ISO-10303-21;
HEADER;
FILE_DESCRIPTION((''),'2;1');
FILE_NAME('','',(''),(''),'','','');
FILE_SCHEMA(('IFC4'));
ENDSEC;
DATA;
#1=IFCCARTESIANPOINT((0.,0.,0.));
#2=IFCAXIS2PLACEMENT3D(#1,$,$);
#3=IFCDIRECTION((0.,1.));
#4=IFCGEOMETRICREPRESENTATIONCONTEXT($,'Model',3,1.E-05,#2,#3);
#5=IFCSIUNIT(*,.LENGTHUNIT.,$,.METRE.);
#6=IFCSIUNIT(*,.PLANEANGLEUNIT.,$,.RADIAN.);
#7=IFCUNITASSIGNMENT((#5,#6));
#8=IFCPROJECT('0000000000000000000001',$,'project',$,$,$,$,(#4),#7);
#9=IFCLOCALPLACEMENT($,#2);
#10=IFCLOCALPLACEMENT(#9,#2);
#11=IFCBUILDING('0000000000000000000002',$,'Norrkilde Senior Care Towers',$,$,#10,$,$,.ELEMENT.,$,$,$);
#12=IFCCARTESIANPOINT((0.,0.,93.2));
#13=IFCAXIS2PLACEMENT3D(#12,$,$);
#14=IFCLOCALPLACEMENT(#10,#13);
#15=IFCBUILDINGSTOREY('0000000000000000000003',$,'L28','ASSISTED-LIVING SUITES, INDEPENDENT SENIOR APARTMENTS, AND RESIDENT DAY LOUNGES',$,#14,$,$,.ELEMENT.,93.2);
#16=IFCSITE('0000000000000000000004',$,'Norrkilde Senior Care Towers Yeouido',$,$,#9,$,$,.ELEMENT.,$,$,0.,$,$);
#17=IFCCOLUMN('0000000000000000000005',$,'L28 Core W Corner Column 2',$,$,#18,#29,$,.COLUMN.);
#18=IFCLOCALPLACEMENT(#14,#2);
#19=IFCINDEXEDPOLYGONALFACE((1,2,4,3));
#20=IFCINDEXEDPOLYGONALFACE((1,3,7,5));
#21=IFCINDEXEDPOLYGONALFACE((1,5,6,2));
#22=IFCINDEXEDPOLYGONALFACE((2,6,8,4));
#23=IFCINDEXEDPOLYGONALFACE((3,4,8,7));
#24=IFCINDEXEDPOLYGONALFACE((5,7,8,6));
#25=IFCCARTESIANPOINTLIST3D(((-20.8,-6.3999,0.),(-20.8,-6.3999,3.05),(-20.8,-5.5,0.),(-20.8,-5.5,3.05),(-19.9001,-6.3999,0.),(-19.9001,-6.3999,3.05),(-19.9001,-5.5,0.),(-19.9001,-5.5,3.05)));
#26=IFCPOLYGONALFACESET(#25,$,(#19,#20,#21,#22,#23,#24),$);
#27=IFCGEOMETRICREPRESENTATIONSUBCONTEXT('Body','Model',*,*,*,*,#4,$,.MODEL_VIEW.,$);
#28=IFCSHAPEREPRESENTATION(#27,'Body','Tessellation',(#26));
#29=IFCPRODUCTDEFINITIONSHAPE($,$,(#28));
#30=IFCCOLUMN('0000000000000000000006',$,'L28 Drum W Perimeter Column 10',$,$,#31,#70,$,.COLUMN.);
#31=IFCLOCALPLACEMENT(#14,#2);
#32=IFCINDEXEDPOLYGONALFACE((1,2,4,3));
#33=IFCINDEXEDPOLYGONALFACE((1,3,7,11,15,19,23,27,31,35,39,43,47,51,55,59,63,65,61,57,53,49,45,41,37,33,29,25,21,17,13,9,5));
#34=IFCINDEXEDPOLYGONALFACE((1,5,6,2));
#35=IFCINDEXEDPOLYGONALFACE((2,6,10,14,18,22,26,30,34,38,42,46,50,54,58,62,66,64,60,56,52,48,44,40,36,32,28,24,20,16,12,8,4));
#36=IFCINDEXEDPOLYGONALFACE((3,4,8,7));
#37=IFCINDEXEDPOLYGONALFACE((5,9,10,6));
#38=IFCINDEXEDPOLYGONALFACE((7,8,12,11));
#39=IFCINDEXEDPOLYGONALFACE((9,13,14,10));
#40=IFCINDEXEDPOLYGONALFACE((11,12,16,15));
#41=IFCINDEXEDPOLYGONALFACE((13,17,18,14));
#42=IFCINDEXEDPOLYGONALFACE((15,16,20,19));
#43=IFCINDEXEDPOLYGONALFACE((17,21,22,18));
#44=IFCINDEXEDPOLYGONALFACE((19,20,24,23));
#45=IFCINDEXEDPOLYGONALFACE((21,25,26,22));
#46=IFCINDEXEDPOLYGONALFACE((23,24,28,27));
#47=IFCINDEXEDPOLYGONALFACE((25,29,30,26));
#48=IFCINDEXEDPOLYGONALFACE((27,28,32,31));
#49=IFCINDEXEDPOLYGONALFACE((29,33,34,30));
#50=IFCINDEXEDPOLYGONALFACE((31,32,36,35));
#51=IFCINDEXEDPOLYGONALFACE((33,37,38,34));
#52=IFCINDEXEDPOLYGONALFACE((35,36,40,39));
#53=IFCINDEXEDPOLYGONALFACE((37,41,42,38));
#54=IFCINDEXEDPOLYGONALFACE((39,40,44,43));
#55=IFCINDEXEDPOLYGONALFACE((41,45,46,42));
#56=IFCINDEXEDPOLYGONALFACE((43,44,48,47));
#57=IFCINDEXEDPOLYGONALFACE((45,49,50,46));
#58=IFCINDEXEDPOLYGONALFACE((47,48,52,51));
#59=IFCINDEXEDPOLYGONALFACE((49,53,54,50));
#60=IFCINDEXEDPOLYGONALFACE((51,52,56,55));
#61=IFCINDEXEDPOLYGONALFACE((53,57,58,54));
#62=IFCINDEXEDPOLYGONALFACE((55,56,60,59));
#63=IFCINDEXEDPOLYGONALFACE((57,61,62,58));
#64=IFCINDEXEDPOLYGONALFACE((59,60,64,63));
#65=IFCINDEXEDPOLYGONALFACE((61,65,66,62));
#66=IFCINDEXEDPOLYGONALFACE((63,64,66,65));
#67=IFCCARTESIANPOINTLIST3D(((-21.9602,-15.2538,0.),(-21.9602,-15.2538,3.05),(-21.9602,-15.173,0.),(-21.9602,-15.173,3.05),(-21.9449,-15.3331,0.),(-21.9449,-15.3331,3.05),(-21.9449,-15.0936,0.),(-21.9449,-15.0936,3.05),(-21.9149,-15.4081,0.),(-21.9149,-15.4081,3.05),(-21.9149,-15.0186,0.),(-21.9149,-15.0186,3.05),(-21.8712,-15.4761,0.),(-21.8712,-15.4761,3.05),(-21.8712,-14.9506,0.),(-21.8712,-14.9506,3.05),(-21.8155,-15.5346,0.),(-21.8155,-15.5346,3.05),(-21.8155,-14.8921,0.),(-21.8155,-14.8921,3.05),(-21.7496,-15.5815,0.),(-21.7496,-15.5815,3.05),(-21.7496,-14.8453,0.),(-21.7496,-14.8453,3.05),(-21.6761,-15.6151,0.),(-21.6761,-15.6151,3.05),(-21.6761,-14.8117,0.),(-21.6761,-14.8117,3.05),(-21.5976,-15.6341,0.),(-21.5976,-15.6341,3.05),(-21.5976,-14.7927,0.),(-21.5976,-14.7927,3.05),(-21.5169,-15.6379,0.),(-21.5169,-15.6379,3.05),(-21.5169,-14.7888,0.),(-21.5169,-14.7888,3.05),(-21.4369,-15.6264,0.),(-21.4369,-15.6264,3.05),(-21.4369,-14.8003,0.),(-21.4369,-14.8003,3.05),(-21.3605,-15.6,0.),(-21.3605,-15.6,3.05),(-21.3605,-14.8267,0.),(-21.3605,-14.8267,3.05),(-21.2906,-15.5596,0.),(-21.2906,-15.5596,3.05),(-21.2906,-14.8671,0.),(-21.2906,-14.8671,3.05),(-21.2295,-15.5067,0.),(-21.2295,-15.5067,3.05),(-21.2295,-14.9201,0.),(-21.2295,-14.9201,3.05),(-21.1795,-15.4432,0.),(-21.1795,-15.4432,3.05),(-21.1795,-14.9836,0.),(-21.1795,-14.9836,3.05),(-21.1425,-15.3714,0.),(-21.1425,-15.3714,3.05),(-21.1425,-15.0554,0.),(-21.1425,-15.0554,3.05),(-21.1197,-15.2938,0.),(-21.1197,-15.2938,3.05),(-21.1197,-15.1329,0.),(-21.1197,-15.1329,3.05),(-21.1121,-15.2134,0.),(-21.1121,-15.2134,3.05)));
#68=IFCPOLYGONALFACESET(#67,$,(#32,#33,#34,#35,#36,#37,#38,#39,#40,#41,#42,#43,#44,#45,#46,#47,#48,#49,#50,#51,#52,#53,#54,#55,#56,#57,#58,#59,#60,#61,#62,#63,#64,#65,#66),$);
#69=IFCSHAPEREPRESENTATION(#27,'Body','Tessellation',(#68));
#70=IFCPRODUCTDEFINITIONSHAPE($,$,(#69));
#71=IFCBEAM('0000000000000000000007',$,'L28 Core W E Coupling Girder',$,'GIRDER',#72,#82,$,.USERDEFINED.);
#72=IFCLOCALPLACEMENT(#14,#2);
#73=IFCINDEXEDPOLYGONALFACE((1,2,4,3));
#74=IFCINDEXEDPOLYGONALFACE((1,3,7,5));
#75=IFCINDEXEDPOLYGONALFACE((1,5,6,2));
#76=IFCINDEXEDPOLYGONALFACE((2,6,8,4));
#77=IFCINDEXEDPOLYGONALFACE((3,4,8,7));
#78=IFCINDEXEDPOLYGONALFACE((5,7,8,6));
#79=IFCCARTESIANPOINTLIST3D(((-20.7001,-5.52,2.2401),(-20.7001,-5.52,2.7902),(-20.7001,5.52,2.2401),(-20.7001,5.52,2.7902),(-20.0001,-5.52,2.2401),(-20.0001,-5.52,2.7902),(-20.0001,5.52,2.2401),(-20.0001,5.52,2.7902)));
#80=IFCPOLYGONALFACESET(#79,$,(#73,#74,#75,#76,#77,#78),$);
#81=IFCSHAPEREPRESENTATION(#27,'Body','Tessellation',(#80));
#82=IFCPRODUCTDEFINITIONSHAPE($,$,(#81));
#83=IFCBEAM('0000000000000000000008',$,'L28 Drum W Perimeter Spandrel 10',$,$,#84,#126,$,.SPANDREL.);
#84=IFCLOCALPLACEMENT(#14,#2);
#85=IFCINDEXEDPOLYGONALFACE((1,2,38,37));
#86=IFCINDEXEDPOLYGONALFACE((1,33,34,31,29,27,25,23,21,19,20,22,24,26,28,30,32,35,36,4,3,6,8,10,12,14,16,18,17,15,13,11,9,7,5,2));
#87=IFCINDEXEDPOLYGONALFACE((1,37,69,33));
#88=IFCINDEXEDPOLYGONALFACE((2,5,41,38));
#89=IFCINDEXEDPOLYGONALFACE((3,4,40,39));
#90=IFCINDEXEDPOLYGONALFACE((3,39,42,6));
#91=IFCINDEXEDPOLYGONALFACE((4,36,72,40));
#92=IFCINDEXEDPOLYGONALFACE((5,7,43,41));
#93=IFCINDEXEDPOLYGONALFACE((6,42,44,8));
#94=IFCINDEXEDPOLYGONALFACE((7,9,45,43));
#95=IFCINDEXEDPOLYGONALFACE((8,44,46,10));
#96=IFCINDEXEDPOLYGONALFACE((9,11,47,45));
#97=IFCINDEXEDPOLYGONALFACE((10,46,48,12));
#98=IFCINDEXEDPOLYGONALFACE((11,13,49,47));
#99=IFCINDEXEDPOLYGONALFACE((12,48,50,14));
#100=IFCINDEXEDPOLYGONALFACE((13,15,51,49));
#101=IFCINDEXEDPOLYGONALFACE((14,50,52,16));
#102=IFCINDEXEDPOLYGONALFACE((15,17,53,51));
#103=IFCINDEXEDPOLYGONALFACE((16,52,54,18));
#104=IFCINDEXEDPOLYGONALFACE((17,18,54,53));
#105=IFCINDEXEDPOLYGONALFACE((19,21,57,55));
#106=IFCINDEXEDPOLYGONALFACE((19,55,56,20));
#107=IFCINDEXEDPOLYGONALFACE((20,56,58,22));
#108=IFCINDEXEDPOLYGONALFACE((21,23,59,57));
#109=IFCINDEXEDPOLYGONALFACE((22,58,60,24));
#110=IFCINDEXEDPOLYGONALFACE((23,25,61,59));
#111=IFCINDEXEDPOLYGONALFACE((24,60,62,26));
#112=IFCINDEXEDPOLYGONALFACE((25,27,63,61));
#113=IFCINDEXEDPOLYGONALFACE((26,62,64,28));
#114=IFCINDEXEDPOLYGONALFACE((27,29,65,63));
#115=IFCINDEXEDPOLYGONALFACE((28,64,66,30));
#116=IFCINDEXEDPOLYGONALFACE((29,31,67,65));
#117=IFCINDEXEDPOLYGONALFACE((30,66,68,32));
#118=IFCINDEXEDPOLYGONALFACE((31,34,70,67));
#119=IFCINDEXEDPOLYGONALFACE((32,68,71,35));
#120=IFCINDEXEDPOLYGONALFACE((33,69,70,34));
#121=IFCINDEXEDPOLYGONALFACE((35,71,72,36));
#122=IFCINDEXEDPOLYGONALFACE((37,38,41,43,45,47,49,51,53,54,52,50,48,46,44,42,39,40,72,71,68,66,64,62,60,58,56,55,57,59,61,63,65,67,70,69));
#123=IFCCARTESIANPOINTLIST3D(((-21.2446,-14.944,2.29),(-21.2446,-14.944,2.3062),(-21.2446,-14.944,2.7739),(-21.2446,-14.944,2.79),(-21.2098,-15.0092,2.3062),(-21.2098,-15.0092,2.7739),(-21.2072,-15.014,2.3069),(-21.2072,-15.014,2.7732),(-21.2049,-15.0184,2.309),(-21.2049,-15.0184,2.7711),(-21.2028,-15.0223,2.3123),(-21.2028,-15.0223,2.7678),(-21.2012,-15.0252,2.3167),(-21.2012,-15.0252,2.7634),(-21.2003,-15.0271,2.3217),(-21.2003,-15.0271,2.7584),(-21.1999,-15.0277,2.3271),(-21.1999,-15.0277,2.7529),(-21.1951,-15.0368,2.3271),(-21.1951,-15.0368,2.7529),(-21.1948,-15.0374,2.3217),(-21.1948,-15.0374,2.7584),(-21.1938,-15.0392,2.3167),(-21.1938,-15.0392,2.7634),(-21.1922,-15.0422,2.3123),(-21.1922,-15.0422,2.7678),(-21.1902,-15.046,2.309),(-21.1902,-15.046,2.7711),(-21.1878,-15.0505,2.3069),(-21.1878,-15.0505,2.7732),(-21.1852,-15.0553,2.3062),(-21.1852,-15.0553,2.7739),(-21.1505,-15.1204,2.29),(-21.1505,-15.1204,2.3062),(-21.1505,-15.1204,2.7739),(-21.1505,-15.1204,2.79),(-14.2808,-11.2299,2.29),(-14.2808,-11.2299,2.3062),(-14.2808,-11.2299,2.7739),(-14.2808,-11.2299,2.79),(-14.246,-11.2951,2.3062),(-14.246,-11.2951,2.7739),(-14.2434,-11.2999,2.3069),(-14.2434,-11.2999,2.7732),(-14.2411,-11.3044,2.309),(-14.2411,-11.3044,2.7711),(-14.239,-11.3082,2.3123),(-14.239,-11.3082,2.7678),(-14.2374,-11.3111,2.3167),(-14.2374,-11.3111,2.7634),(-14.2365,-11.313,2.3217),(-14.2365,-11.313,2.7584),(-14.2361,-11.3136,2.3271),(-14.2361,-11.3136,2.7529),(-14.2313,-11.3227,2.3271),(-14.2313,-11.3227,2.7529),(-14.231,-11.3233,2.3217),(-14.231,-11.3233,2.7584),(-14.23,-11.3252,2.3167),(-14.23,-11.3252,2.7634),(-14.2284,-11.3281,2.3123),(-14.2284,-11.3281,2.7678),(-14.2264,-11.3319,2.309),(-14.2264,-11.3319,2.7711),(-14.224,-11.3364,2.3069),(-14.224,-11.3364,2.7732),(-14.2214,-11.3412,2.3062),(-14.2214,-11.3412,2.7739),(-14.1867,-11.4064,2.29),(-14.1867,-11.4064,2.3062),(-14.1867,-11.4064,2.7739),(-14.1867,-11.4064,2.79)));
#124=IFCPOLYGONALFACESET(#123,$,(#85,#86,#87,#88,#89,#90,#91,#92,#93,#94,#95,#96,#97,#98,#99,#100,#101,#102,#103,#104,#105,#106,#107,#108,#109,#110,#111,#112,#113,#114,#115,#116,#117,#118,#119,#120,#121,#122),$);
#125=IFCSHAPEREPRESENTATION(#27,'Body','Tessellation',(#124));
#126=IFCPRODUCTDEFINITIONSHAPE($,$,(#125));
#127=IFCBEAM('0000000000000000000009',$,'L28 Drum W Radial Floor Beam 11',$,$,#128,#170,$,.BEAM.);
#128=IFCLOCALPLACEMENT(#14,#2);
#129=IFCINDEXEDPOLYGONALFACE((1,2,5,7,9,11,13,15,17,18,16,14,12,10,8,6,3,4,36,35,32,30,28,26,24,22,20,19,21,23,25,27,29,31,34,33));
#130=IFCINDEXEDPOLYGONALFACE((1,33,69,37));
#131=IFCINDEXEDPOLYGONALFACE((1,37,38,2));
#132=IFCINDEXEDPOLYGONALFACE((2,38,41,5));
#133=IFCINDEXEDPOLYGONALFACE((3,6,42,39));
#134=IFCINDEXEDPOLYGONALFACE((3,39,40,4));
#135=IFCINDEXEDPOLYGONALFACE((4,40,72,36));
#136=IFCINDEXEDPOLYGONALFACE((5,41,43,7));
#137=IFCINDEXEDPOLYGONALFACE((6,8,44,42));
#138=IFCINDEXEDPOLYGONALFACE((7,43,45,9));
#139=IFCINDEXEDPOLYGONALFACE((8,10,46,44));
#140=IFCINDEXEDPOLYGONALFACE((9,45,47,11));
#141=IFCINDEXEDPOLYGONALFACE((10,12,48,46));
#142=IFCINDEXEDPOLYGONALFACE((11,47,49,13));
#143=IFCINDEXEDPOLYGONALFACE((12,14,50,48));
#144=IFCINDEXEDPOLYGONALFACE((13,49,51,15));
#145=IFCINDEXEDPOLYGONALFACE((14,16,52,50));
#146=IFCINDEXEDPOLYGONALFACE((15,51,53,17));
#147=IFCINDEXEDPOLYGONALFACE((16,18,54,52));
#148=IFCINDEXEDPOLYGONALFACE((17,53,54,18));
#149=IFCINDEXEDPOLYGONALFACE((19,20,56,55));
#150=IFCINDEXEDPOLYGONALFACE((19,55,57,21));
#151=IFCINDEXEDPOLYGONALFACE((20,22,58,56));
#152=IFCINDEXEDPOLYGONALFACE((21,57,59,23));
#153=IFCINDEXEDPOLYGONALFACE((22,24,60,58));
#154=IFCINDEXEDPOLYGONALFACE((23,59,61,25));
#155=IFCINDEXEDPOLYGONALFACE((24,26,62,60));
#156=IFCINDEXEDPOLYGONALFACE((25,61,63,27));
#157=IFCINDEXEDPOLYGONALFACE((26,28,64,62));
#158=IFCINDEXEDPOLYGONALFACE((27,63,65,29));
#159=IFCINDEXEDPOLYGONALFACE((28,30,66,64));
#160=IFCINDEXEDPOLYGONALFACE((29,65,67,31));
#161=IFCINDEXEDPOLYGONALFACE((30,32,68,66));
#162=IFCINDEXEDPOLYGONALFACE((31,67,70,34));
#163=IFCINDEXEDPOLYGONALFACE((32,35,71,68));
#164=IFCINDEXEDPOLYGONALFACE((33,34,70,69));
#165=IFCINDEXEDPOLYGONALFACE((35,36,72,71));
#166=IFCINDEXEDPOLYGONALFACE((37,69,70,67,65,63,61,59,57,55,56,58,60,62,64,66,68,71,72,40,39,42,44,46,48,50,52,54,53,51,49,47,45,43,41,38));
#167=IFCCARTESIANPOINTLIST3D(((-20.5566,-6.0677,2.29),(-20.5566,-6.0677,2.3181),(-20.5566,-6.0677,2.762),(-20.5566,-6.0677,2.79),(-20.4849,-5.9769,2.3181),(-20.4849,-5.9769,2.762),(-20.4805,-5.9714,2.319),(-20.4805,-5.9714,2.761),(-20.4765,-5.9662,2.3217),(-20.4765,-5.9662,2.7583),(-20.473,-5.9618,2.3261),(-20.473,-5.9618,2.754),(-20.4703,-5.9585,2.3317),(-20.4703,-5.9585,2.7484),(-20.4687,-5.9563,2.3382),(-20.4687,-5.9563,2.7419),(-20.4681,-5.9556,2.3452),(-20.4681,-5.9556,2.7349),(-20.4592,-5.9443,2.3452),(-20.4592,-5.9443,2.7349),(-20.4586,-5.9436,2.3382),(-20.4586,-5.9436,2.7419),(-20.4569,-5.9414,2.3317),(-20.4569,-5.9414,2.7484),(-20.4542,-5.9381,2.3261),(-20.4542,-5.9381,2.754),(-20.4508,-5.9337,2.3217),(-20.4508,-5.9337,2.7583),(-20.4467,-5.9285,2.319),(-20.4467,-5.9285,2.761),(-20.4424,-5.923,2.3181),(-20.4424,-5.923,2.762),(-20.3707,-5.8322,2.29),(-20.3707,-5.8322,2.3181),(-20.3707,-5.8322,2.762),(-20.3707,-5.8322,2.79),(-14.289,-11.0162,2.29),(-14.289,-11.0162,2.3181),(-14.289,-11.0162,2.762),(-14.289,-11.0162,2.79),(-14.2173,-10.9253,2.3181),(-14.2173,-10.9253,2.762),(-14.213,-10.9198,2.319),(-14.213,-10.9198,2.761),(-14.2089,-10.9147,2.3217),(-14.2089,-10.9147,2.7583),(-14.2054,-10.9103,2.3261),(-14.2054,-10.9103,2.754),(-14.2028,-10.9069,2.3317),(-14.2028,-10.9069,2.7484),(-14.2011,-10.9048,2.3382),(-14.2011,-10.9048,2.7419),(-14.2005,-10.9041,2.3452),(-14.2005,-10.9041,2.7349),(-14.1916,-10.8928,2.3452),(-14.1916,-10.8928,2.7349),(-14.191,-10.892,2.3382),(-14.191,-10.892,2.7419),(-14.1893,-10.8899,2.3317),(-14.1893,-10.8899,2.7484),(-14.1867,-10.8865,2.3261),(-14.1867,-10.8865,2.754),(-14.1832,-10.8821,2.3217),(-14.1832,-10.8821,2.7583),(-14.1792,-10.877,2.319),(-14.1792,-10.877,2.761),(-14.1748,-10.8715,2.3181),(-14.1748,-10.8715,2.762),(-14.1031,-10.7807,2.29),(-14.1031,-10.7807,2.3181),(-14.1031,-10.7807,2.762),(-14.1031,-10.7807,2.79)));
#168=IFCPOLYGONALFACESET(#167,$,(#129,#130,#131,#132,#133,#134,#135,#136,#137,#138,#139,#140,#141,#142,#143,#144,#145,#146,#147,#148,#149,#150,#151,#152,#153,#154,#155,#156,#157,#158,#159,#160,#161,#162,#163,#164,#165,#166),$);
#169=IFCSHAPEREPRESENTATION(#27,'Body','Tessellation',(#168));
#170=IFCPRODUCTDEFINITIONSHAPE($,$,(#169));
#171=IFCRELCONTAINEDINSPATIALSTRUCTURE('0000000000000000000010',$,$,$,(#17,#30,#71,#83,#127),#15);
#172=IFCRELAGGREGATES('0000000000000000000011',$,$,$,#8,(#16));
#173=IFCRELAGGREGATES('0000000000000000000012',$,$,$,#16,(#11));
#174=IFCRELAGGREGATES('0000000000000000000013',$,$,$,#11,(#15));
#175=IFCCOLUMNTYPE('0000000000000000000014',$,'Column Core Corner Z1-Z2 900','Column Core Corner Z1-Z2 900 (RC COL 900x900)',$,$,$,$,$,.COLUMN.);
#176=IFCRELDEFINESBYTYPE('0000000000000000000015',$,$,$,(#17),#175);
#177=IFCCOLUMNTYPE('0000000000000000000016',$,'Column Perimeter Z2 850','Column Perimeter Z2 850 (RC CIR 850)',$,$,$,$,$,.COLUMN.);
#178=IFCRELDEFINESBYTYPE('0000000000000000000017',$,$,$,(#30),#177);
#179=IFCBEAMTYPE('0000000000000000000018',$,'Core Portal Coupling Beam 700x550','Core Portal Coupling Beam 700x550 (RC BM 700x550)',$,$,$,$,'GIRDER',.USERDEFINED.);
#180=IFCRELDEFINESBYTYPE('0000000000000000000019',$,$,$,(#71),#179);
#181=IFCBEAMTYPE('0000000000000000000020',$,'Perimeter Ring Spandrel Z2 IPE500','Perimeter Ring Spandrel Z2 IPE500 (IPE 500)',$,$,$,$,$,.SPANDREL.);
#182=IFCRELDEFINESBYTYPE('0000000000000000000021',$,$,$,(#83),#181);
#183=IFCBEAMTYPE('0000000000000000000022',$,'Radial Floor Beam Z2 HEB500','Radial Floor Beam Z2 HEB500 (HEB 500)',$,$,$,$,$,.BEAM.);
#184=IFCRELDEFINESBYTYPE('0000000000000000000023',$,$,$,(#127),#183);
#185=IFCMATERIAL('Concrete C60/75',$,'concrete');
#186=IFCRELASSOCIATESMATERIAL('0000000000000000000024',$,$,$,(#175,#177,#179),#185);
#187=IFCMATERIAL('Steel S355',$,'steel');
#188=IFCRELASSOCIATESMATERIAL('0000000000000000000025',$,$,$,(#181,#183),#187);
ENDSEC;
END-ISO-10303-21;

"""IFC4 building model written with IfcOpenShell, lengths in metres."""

from ifc_helpers import new_model, si_unit, direction, frame, origin, origin_2d, place, context, subcontext, project, spatial, rectangle, circle, i_section, extrude, source, transform, mapped, material, material_profile, profile_set, type_object, type_shapes, element, save


model = new_model("IFC4")

# Units and contexts
model_context = context("Model", 3, precision=1e-05, world=origin(), true_north=direction((0.0, 1.0)))
body_context = subcontext(model_context, "Body", "Model", "MODEL_VIEW")
ifc_project = project(units=[si_unit("LENGTHUNIT", "METRE"), si_unit("PLANEANGLEUNIT", "RADIAN")], contexts=[model_context])

# Site, building, storey
site_placement = place(None, origin())
site = spatial("IfcSite", under=ifc_project, at=site_placement, Name="Norrkilde Senior Care Towers Yeouido", CompositionType="ELEMENT", RefElevation=0.0)
building_placement = place(site_placement, origin())
building = spatial("IfcBuilding", under=site, at=building_placement, Name="Norrkilde Senior Care Towers", CompositionType="ELEMENT")
storey_placement = place(building_placement, frame((0.0, 0.0, 93.2)))
storey = spatial("IfcBuildingStorey", under=building, at=storey_placement, Name="L28", Description="ASSISTED-LIVING SUITES, INDEPENDENT SENIOR APARTMENTS, AND RESIDENT DAY LOUNGES", CompositionType="ELEMENT", Elevation=93.2)

# Columns
ifc_material_1 = material(Name="Concrete C60/75", Category="concrete")
ifc_material_profile_1 = material_profile(ifc_material_1, rectangle(XDim=0.8999, YDim=0.8999, at=origin_2d()), Name="RC COL 900x900")
ifc_profile_set_1 = profile_set([ifc_material_profile_1], Name="Concrete C60/75")
column_type_1 = type_object("IfcColumnType", Name="Column Core Corner Z1-Z2 900", Description="Column Core Corner Z1-Z2 900 (RC COL 900x900)", PredefinedType="COLUMN", material=ifc_profile_set_1)
shared_shape_1 = source(origin(), body_context, "Body", "SweptSolid", [
    extrude(rectangle(XDim=0.8999, YDim=0.8999, at=origin_2d()), origin(), (0.0, 0.0, 1.0), 3.05),
])
type_shapes(column_type_1, [shared_shape_1])
column_1_placement = place(storey_placement, frame((-20.3501, -5.95, 0.0), z_axis=(0.0, 0.0, 1.0), x_axis=(1.0, 0.0, 0.0)))
element("IfcColumn", 1, at=column_1_placement, inside=storey, type_object=column_type_1, Name="L28 Core W Corner Column 2", PredefinedType="COLUMN", context=body_context, shape_type="MappedRepresentation", body=[
    mapped(shared_shape_1, transform((0.0, 0.0, 0.0), x_axis=(1.0, 0.0, 0.0), y_axis=(0.0, 1.0, 0.0), z_axis=(0.0, 0.0, 1.0), scale=1.0)),
])
ifc_material_profile_2 = material_profile(ifc_material_1, circle(Radius=0.425, at=origin_2d()), Name="RC CIR 850")
ifc_profile_set_2 = profile_set([ifc_material_profile_2], Name="Concrete C60/75")
column_type_2 = type_object("IfcColumnType", Name="Column Perimeter Z2 850", Description="Column Perimeter Z2 850 (RC CIR 850)", PredefinedType="COLUMN", material=ifc_profile_set_2)
shared_shape_2 = source(origin(), body_context, "Body", "SweptSolid", [
    extrude(circle(Radius=0.425, at=origin_2d()), origin(), (0.0, 0.0, 1.0), 3.05),
])
type_shapes(column_type_2, [shared_shape_2])
column_2_placement = place(storey_placement, frame((-21.5371, -15.2134, 0.0), z_axis=(0.0, 0.0, 1.0), x_axis=(1.0, 0.0, 0.0)))
element("IfcColumn", 2, at=column_2_placement, inside=storey, type_object=column_type_2, Name="L28 Drum W Perimeter Column 10", PredefinedType="COLUMN", context=body_context, shape_type="MappedRepresentation", body=[
    mapped(shared_shape_2, transform((0.0, 0.0, 0.0), x_axis=(1.0, 0.0, 0.0), y_axis=(0.0, 1.0, 0.0), z_axis=(0.0, 0.0, 1.0), scale=1.0)),
])

# Beams
ifc_material_profile_3 = material_profile(ifc_material_1, rectangle(XDim=0.7, YDim=0.55, at=origin_2d()), Name="RC BM 700x550")
ifc_profile_set_3 = profile_set([ifc_material_profile_3], Name="Concrete C60/75")
beam_type_1 = type_object("IfcBeamType", Name="Core Portal Coupling Beam 700x550", Description="Core Portal Coupling Beam 700x550 (RC BM 700x550)", ElementType="GIRDER", PredefinedType="USERDEFINED", material=ifc_profile_set_3)
shared_shape_3 = source(origin(), body_context, "Body", "SweptSolid", [
    extrude(rectangle(XDim=0.7, YDim=0.55, at=origin_2d()), origin(), (0.0, 0.0, 1.0), 11.04),
])
type_shapes(beam_type_1, [shared_shape_3])
beam_1_placement = place(storey_placement, frame((-20.3501, -5.52, 2.5151), z_axis=(0.0, 1.0, 0.0), x_axis=(-1.0, 0.0, 0.0)))
element("IfcBeam", 3, at=beam_1_placement, inside=storey, type_object=beam_type_1, Name="L28 Core W E Coupling Girder", ObjectType="GIRDER", PredefinedType="USERDEFINED", context=body_context, shape_type="MappedRepresentation", body=[
    mapped(shared_shape_3, transform((0.0, 0.0, 0.0), x_axis=(1.0, 0.0, 0.0), y_axis=(0.0, 1.0, 0.0), z_axis=(0.0, 0.0, 1.0), scale=1.0)),
])
ifc_material_2 = material(Name="Steel S355", Category="steel")
ifc_material_profile_4 = material_profile(ifc_material_2, i_section(OverallWidth=0.2, OverallDepth=0.5, WebThickness=0.0103, FlangeThickness=0.0161, FilletRadius=0.021, at=origin_2d()), Name="IPE 500")
ifc_profile_set_4 = profile_set([ifc_material_profile_4], Name="Steel S355")
beam_type_2 = type_object("IfcBeamType", Name="Perimeter Ring Spandrel Z2 IPE500", Description="Perimeter Ring Spandrel Z2 IPE500 (IPE 500)", PredefinedType="SPANDREL", material=ifc_profile_set_4)
shared_shape_4 = source(origin(), body_context, "Body", "SweptSolid", [
    extrude(i_section(OverallWidth=0.2, OverallDepth=0.5, WebThickness=0.0103, FlangeThickness=0.0161, FilletRadius=0.021, at=origin_2d()), origin(), (0.0, 0.0, 1.0), 7.8923),
])
type_shapes(beam_type_2, [shared_shape_4])
beam_2_placement = place(storey_placement, frame((-21.1975, -15.0322, 2.54), z_axis=(0.88235, 0.470593, 0.0), x_axis=(-0.470593, 0.88235, 0.0)))
element("IfcBeam", 4, at=beam_2_placement, inside=storey, type_object=beam_type_2, Name="L28 Drum W Perimeter Spandrel 10", PredefinedType="SPANDREL", context=body_context, shape_type="MappedRepresentation", body=[
    mapped(shared_shape_4, transform((0.0, 0.0, 0.0), x_axis=(1.0, 0.0, 0.0), y_axis=(0.0, 1.0, 0.0), z_axis=(0.0, 0.0, 1.0), scale=1.0)),
])
ifc_material_profile_5 = material_profile(ifc_material_2, i_section(OverallWidth=0.3, OverallDepth=0.5, WebThickness=0.0144, FlangeThickness=0.0281, FilletRadius=0.0271, at=origin_2d()), Name="HEB 500")
ifc_profile_set_5 = profile_set([ifc_material_profile_5], Name="Steel S355")
beam_type_3 = type_object("IfcBeamType", Name="Radial Floor Beam Z2 HEB500", Description="Radial Floor Beam Z2 HEB500 (HEB 500)", PredefinedType="BEAM", material=ifc_profile_set_5)
shared_shape_5 = source(origin(), body_context, "Body", "SweptSolid", [
    extrude(i_section(OverallWidth=0.3, OverallDepth=0.5, WebThickness=0.0144, FlangeThickness=0.0281, FilletRadius=0.0271, at=origin_2d()), origin(), (0.0, 0.0, 1.0), 7.9856),
])
beam_3_placement = place(storey_placement, frame((-20.4636, -5.95, 2.54), z_axis=(0.784859, -0.619675, 0.0), x_axis=(0.619675, 0.784859, 0.0)))
element("IfcBeam", 5, at=beam_3_placement, inside=storey, type_object=beam_type_3, Name="L28 Drum W Radial Floor Beam 11", PredefinedType="BEAM", context=body_context, shape_type="MappedRepresentation", body=[
    mapped(shared_shape_5, transform((0.0, 0.0, 0.0), x_axis=(1.0, 0.0, 0.0), y_axis=(0.0, 1.0, 0.0), z_axis=(0.0, 0.0, 1.0), scale=1.0)),
])

save(model, "model.ifc")
